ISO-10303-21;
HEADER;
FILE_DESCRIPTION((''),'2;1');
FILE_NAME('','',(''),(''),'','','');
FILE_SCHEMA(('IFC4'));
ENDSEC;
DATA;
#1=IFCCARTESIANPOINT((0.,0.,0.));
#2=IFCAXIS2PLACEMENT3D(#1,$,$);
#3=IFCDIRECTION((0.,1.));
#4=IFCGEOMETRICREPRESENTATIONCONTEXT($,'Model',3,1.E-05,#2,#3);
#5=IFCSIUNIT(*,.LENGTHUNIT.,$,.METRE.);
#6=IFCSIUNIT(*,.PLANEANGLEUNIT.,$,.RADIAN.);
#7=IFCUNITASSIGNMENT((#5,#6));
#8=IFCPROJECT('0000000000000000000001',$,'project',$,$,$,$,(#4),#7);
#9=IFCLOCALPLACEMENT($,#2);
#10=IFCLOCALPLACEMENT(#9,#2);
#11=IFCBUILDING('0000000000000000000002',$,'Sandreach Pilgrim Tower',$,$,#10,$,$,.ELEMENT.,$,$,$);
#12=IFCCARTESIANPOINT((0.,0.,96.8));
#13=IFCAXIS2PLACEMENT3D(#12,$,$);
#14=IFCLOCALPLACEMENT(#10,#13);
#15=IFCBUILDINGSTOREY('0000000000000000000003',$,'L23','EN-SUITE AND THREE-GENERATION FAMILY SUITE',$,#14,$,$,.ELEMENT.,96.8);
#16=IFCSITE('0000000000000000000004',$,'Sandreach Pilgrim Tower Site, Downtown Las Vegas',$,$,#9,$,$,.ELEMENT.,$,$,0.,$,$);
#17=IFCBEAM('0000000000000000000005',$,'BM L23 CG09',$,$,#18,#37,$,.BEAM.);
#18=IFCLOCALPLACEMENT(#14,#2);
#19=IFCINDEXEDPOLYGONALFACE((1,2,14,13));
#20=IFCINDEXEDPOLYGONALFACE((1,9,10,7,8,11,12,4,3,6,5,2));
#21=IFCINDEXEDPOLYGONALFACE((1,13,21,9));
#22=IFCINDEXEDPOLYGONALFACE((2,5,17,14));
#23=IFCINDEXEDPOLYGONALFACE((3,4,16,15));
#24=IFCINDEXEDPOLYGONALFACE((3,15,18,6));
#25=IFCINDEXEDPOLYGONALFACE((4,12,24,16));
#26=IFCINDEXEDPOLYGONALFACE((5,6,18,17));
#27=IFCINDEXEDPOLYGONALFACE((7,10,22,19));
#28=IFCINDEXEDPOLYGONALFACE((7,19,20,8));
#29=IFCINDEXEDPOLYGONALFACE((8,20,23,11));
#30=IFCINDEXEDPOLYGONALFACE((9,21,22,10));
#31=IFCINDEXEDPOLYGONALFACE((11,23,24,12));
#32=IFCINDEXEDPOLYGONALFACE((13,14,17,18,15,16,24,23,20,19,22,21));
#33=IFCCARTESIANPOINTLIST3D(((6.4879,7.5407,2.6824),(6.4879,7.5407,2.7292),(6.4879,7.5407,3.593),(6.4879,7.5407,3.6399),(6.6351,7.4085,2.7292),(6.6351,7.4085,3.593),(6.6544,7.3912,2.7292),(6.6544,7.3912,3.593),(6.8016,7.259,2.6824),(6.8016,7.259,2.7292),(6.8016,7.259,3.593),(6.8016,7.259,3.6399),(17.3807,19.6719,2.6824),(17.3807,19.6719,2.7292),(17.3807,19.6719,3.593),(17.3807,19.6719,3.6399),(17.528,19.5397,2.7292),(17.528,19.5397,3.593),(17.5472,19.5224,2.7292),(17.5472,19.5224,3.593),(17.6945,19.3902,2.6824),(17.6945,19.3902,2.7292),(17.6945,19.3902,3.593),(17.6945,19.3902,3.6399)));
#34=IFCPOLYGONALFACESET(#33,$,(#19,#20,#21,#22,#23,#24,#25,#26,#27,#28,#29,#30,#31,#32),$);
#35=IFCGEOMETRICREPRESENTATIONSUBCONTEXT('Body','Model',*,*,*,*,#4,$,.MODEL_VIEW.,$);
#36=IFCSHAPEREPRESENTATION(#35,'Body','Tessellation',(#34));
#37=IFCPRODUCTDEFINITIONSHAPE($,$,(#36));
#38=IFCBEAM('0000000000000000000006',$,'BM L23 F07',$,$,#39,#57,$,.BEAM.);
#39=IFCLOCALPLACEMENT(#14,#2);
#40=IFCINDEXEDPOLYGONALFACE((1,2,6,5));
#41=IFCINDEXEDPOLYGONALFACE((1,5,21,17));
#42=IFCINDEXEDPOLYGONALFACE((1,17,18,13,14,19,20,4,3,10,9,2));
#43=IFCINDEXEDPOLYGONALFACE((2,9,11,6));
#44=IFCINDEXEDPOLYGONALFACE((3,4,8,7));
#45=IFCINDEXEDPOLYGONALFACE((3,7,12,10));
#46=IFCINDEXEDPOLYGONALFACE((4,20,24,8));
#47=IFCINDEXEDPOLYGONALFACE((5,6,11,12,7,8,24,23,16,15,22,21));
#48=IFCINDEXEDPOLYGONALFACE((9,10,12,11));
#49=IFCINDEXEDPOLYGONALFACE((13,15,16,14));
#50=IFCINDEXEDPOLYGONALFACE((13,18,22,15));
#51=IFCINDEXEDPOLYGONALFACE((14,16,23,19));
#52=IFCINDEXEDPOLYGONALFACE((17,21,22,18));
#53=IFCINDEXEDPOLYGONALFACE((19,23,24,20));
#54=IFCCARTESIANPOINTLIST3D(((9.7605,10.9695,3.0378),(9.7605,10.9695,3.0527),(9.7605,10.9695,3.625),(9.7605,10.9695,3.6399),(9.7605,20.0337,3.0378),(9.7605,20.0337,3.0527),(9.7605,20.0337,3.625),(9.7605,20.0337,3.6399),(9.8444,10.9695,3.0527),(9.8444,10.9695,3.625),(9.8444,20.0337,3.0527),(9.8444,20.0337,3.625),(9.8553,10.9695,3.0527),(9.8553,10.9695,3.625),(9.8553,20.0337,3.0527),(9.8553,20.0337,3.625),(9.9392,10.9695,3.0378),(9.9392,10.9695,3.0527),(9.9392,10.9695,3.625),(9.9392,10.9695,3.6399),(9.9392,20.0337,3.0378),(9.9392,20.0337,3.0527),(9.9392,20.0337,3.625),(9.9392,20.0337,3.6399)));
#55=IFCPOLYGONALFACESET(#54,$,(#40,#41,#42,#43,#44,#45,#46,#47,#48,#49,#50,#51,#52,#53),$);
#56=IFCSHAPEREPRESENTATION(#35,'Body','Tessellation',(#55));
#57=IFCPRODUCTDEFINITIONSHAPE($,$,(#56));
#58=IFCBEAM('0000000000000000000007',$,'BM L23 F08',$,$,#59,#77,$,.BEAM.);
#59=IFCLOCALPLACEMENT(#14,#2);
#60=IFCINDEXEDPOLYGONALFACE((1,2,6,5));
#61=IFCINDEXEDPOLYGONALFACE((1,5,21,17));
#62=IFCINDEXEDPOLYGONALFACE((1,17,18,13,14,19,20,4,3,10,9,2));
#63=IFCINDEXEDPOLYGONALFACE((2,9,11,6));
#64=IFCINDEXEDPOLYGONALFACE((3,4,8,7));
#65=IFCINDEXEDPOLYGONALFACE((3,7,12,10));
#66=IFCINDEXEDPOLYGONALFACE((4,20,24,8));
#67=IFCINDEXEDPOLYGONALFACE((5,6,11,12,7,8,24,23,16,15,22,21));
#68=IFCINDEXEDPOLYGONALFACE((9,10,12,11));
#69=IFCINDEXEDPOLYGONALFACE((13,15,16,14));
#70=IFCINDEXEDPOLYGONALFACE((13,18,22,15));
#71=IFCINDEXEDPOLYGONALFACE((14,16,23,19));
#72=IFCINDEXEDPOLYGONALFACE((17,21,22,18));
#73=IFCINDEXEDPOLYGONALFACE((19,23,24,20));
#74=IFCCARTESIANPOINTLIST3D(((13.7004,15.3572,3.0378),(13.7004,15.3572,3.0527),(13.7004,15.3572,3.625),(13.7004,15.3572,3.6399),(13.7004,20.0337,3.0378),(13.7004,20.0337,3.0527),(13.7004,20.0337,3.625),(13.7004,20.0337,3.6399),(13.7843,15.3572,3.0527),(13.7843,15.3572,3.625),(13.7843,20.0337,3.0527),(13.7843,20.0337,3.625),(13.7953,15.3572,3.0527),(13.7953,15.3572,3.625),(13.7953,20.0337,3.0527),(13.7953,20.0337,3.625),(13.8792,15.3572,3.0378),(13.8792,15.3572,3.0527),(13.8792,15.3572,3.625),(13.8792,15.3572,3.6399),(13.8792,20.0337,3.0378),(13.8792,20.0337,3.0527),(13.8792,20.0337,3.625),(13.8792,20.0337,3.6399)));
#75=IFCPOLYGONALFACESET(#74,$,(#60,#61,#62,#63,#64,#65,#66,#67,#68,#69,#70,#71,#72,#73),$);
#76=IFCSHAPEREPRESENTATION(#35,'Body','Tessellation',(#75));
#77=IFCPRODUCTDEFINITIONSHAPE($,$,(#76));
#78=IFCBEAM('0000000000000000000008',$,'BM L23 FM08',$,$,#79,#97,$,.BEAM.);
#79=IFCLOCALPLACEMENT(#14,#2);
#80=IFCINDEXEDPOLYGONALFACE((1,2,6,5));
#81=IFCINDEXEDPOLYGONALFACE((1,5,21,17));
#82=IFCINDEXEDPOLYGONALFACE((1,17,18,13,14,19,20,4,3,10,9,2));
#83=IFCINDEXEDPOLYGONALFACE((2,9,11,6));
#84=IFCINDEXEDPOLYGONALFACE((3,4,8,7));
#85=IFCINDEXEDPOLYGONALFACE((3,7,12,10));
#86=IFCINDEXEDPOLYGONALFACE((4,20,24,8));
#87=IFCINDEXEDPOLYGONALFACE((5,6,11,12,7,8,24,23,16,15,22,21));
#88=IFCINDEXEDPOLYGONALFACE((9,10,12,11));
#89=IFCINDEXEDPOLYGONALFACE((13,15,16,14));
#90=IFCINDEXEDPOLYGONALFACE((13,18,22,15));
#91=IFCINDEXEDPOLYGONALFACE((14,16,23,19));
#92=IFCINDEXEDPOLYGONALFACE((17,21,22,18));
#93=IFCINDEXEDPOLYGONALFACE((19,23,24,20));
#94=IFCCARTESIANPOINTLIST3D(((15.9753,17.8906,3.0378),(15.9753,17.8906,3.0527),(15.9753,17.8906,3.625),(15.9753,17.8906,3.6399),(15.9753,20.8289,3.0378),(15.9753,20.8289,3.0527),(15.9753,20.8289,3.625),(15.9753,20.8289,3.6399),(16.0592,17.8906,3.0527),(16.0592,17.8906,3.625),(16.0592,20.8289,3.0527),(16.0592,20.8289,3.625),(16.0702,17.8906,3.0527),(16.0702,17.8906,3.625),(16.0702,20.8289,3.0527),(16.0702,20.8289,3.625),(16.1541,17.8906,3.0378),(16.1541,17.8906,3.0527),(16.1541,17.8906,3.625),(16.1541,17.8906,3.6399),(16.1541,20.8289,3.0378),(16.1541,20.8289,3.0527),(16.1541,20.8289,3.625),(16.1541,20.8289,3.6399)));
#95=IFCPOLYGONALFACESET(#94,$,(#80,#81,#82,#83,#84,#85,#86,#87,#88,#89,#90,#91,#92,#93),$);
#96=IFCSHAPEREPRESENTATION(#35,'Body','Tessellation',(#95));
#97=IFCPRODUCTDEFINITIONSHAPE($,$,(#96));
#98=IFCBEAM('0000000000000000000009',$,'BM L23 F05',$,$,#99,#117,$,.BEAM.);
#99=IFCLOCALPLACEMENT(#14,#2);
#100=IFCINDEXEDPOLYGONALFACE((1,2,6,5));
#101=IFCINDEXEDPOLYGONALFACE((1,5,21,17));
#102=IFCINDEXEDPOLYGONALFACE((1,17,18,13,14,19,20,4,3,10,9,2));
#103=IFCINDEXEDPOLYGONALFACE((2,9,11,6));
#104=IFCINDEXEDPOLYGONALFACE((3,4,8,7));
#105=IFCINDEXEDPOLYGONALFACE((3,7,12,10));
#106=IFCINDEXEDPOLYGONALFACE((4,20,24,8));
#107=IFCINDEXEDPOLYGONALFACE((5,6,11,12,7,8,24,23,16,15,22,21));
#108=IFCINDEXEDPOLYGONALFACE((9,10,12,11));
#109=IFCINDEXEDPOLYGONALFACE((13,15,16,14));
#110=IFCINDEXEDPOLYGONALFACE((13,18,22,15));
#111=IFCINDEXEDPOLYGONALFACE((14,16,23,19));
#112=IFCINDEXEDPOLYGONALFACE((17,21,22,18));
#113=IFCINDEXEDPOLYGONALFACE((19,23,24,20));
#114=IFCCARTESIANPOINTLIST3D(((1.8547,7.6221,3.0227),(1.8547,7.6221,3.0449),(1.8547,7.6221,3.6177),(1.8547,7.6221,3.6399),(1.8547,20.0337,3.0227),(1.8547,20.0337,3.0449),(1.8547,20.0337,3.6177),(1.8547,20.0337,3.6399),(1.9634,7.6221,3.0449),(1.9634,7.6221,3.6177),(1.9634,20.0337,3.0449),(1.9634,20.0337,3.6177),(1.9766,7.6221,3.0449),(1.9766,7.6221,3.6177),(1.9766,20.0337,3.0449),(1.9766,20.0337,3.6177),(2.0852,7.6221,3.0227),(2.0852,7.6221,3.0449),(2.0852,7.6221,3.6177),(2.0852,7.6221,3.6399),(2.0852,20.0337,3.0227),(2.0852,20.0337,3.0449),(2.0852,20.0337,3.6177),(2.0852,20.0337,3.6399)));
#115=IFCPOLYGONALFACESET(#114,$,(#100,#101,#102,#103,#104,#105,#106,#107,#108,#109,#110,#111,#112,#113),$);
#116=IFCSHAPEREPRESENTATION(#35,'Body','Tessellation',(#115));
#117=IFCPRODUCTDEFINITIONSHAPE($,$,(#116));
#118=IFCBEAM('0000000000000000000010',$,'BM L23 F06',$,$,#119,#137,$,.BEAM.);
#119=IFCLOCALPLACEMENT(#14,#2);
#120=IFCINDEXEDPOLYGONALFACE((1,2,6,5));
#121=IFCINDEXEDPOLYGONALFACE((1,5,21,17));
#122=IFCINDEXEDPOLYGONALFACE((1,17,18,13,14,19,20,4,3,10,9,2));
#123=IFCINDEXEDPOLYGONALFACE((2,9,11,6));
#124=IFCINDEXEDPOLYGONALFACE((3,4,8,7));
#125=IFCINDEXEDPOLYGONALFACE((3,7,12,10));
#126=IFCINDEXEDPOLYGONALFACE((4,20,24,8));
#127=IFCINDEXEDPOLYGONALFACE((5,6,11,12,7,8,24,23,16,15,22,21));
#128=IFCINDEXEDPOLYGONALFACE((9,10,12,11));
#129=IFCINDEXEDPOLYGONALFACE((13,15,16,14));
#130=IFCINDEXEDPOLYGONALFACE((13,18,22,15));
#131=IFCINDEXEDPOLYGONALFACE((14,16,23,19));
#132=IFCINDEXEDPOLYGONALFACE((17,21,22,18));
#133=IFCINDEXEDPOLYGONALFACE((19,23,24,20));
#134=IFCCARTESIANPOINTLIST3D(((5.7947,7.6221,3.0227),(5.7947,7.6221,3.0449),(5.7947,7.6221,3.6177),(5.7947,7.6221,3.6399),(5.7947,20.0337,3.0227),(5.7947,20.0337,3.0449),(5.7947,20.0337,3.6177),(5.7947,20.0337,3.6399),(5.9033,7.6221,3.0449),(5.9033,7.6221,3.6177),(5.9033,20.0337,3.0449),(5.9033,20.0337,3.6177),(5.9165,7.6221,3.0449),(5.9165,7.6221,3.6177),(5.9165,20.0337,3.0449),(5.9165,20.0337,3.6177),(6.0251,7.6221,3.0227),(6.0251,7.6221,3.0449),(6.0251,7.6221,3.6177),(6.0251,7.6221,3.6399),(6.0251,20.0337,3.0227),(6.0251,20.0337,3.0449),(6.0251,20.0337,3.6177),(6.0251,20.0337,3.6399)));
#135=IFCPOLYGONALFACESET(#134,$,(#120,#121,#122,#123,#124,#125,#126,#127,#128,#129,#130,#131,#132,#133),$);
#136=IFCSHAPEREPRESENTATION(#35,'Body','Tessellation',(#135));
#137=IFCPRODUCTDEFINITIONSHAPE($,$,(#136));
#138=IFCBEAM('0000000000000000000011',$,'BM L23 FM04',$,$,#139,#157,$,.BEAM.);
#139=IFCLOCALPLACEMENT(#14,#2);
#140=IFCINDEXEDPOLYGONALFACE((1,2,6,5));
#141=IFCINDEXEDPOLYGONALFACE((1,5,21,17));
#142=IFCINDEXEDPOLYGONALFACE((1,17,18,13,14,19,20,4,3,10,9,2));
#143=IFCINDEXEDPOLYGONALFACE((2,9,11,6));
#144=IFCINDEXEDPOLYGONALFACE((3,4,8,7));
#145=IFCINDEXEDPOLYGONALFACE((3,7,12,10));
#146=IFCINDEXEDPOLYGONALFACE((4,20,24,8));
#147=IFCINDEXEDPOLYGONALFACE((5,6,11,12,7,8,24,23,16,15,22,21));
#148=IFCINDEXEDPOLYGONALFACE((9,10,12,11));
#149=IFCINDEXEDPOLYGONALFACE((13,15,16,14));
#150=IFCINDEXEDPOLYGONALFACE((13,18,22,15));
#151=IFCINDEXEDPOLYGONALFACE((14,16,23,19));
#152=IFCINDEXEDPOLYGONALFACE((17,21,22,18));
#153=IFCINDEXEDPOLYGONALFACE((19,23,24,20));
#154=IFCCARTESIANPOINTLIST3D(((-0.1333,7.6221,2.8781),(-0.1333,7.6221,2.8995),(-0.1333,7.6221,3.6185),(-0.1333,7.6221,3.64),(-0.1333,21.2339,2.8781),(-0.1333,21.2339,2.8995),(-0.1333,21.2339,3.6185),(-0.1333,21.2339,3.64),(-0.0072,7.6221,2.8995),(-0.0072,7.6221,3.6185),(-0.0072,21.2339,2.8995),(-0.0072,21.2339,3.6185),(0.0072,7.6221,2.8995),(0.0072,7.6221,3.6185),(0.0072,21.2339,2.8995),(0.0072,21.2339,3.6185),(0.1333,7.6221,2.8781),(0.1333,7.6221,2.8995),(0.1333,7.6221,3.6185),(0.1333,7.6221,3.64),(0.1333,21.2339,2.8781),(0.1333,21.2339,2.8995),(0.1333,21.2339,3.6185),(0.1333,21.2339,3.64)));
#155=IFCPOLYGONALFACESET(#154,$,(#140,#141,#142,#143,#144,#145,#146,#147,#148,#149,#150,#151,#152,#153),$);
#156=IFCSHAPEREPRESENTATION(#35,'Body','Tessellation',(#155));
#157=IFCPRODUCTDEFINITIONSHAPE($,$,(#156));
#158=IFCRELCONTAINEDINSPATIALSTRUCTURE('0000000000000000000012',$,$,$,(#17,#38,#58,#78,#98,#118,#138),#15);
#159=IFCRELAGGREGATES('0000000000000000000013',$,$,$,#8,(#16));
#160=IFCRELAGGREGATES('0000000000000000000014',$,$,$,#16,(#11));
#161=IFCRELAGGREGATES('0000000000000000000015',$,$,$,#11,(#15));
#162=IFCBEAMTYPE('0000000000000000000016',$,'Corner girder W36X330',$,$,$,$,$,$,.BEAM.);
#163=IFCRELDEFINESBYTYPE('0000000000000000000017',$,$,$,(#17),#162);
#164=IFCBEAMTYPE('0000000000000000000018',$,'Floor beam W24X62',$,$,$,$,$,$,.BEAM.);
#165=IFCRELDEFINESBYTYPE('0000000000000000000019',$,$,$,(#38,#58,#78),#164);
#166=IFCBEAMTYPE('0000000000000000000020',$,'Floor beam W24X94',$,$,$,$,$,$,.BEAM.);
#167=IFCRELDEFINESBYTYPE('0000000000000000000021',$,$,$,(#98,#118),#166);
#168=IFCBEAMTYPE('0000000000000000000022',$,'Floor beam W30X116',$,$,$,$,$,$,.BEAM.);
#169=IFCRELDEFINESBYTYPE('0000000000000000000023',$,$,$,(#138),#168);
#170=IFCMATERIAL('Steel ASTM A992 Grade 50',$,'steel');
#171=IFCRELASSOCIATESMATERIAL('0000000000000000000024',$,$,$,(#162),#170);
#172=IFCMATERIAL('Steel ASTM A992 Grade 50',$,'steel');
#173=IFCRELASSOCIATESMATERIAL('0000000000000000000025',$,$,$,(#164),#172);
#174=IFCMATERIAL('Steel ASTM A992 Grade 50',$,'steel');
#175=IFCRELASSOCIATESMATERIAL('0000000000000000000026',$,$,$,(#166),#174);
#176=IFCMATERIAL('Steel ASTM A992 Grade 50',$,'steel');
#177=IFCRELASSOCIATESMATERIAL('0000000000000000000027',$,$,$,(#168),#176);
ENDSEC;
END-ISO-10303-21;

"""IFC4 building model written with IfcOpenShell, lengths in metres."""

from ifc_helpers import new_model, si_unit, direction, frame, origin, origin_2d, place, context, subcontext, project, spatial, i_section, extrude, material, material_profile, profile_set, type_object, element, save


model = new_model("IFC4")

# Units and contexts
model_context = context("Model", 3, precision=1e-05, world=origin(), true_north=direction((0.0, 1.0)))
body_context = subcontext(model_context, "Body", "Model", "MODEL_VIEW")
ifc_project = project(units=[si_unit("LENGTHUNIT", "METRE"), si_unit("PLANEANGLEUNIT", "RADIAN")], contexts=[model_context])

# Site, building, storey
site_placement = place(None, origin())
site = spatial("IfcSite", under=ifc_project, at=site_placement, Name="Sandreach Pilgrim Tower Site, Downtown Las Vegas", CompositionType="ELEMENT", RefElevation=0.0)
building_placement = place(site_placement, origin())
building = spatial("IfcBuilding", under=site, at=building_placement, Name="Sandreach Pilgrim Tower", CompositionType="ELEMENT")
storey_placement = place(building_placement, frame((0.0, 0.0, 96.8)))
storey = spatial("IfcBuildingStorey", under=building, at=storey_placement, Name="L23", Description="EN-SUITE AND THREE-GENERATION FAMILY SUITE", CompositionType="ELEMENT", Elevation=96.8)

# Beams
ifc_material_1 = material(Name="Steel ASTM A992 Grade 50", Category="steel")
ifc_material_profile_1 = material_profile(ifc_material_1, i_section(OverallWidth=0.4216, OverallDepth=0.9575, WebThickness=0.0259, FlangeThickness=0.0469, at=origin_2d()), Name="W36X330")
ifc_profile_set_1 = profile_set([ifc_material_profile_1], Name="Steel ASTM A992 Grade 50")
beam_type_1 = type_object("IfcBeamType", Name="Corner girder W36X330", PredefinedType="BEAM", material=ifc_profile_set_1)
beam_1_placement = place(storey_placement, frame((17.5376, 19.531, 3.1611), z_axis=(-0.668111, -0.744061, 0.0), x_axis=(0.744061, -0.668111, 0.0)))
element("IfcBeam", 1, at=beam_1_placement, inside=storey, type_object=beam_type_1, Name="BM L23 CG09", PredefinedType="BEAM", context=body_context, shape_type="SweptSolid", body=[
    extrude(i_section(OverallWidth=0.4216, OverallDepth=0.9575, WebThickness=0.0259, FlangeThickness=0.0469, at=origin_2d()), origin(), (0.0, 0.0, 1.0), 16.304),
])
ifc_material_2 = material(Name="Steel ASTM A992 Grade 50", Category="steel")
ifc_material_profile_2 = material_profile(ifc_material_2, i_section(OverallWidth=0.1787, OverallDepth=0.6021, WebThickness=0.011, FlangeThickness=0.0149, at=origin_2d()), Name="W24X62")
ifc_profile_set_2 = profile_set([ifc_material_profile_2], Name="Steel ASTM A992 Grade 50")
beam_type_2 = type_object("IfcBeamType", Name="Floor beam W24X62", PredefinedType="BEAM", material=ifc_profile_set_2)
beam_2_placement = place(storey_placement, frame((9.8499, 20.0337, 3.3389), z_axis=(0.0, -1.0, 0.0), x_axis=(1.0, 0.0, 0.0)))
element("IfcBeam", 2, at=beam_2_placement, inside=storey, type_object=beam_type_2, Name="BM L23 F07", PredefinedType="BEAM", context=body_context, shape_type="SweptSolid", body=[
    extrude(i_section(OverallWidth=0.1787, OverallDepth=0.6021, WebThickness=0.011, FlangeThickness=0.0149, at=origin_2d()), origin(), (0.0, 0.0, 1.0), 9.0642),
])
beam_3_placement = place(storey_placement, frame((13.7898, 20.0337, 3.3389), z_axis=(0.0, -1.0, 0.0), x_axis=(1.0, 0.0, 0.0)))
element("IfcBeam", 3, at=beam_3_placement, inside=storey, type_object=beam_type_2, Name="BM L23 F08", PredefinedType="BEAM", context=body_context, shape_type="SweptSolid", body=[
    extrude(i_section(OverallWidth=0.1787, OverallDepth=0.6021, WebThickness=0.011, FlangeThickness=0.0149, at=origin_2d()), origin(), (0.0, 0.0, 1.0), 4.6765),
])
beam_4_placement = place(storey_placement, frame((16.0647, 20.8289, 3.3389), z_axis=(0.0, -1.0, 0.0), x_axis=(1.0, 0.0, 0.0)))
element("IfcBeam", 4, at=beam_4_placement, inside=storey, type_object=beam_type_2, Name="BM L23 FM08", PredefinedType="BEAM", context=body_context, shape_type="SweptSolid", body=[
    extrude(i_section(OverallWidth=0.1787, OverallDepth=0.6021, WebThickness=0.011, FlangeThickness=0.0149, at=origin_2d()), origin(), (0.0, 0.0, 1.0), 2.9382),
])
ifc_material_3 = material(Name="Steel ASTM A992 Grade 50", Category="steel")
ifc_material_profile_3 = material_profile(ifc_material_3, i_section(OverallWidth=0.2305, OverallDepth=0.6172, WebThickness=0.0132, FlangeThickness=0.0222, at=origin_2d()), Name="W24X94")
ifc_profile_set_3 = profile_set([ifc_material_profile_3], Name="Steel ASTM A992 Grade 50")
beam_type_3 = type_object("IfcBeamType", Name="Floor beam W24X94", PredefinedType="BEAM", material=ifc_profile_set_3)
for number, where, z_axis, x_axis, name in (
    (5, (1.97, 20.0337, 3.3313), (0.0, -1.0, 0.0), (1.0, 0.0, 0.0), "BM L23 F05"),
    (6, (5.9099, 20.0337, 3.3313), (0.0, -1.0, 0.0), (1.0, 0.0, 0.0), "BM L23 F06"),
):
    element("IfcBeam", number, at=place(storey_placement, frame(where, z_axis=z_axis, x_axis=x_axis)), inside=storey, type_object=beam_type_3, Name=name, PredefinedType="BEAM", context=body_context, shape_type="SweptSolid", body=[
        extrude(i_section(OverallWidth=0.2305, OverallDepth=0.6172, WebThickness=0.0132, FlangeThickness=0.0222, at=origin_2d()), origin(), (0.0, 0.0, 1.0), 12.4116),
    ])
ifc_material_4 = material(Name="Steel ASTM A992 Grade 50", Category="steel")
ifc_material_profile_4 = material_profile(ifc_material_4, i_section(OverallWidth=0.2666, OverallDepth=0.762, WebThickness=0.0144, FlangeThickness=0.0215, at=origin_2d()), Name="W30X116")
ifc_profile_set_4 = profile_set([ifc_material_profile_4], Name="Steel ASTM A992 Grade 50")
beam_type_4 = type_object("IfcBeamType", Name="Floor beam W30X116", PredefinedType="BEAM", material=ifc_profile_set_4)
beam_5_placement = place(storey_placement, frame((0.0, 21.2339, 3.259), z_axis=(0.0, -1.0, 0.0), x_axis=(1.0, 0.0, 0.0)))
element("IfcBeam", 7, at=beam_5_placement, inside=storey, type_object=beam_type_4, Name="BM L23 FM04", PredefinedType="BEAM", context=body_context, shape_type="SweptSolid", body=[
    extrude(i_section(OverallWidth=0.2666, OverallDepth=0.762, WebThickness=0.0144, FlangeThickness=0.0215, at=origin_2d()), origin(), (0.0, 0.0, 1.0), 13.6118),
])

save(model, "model.ifc")
